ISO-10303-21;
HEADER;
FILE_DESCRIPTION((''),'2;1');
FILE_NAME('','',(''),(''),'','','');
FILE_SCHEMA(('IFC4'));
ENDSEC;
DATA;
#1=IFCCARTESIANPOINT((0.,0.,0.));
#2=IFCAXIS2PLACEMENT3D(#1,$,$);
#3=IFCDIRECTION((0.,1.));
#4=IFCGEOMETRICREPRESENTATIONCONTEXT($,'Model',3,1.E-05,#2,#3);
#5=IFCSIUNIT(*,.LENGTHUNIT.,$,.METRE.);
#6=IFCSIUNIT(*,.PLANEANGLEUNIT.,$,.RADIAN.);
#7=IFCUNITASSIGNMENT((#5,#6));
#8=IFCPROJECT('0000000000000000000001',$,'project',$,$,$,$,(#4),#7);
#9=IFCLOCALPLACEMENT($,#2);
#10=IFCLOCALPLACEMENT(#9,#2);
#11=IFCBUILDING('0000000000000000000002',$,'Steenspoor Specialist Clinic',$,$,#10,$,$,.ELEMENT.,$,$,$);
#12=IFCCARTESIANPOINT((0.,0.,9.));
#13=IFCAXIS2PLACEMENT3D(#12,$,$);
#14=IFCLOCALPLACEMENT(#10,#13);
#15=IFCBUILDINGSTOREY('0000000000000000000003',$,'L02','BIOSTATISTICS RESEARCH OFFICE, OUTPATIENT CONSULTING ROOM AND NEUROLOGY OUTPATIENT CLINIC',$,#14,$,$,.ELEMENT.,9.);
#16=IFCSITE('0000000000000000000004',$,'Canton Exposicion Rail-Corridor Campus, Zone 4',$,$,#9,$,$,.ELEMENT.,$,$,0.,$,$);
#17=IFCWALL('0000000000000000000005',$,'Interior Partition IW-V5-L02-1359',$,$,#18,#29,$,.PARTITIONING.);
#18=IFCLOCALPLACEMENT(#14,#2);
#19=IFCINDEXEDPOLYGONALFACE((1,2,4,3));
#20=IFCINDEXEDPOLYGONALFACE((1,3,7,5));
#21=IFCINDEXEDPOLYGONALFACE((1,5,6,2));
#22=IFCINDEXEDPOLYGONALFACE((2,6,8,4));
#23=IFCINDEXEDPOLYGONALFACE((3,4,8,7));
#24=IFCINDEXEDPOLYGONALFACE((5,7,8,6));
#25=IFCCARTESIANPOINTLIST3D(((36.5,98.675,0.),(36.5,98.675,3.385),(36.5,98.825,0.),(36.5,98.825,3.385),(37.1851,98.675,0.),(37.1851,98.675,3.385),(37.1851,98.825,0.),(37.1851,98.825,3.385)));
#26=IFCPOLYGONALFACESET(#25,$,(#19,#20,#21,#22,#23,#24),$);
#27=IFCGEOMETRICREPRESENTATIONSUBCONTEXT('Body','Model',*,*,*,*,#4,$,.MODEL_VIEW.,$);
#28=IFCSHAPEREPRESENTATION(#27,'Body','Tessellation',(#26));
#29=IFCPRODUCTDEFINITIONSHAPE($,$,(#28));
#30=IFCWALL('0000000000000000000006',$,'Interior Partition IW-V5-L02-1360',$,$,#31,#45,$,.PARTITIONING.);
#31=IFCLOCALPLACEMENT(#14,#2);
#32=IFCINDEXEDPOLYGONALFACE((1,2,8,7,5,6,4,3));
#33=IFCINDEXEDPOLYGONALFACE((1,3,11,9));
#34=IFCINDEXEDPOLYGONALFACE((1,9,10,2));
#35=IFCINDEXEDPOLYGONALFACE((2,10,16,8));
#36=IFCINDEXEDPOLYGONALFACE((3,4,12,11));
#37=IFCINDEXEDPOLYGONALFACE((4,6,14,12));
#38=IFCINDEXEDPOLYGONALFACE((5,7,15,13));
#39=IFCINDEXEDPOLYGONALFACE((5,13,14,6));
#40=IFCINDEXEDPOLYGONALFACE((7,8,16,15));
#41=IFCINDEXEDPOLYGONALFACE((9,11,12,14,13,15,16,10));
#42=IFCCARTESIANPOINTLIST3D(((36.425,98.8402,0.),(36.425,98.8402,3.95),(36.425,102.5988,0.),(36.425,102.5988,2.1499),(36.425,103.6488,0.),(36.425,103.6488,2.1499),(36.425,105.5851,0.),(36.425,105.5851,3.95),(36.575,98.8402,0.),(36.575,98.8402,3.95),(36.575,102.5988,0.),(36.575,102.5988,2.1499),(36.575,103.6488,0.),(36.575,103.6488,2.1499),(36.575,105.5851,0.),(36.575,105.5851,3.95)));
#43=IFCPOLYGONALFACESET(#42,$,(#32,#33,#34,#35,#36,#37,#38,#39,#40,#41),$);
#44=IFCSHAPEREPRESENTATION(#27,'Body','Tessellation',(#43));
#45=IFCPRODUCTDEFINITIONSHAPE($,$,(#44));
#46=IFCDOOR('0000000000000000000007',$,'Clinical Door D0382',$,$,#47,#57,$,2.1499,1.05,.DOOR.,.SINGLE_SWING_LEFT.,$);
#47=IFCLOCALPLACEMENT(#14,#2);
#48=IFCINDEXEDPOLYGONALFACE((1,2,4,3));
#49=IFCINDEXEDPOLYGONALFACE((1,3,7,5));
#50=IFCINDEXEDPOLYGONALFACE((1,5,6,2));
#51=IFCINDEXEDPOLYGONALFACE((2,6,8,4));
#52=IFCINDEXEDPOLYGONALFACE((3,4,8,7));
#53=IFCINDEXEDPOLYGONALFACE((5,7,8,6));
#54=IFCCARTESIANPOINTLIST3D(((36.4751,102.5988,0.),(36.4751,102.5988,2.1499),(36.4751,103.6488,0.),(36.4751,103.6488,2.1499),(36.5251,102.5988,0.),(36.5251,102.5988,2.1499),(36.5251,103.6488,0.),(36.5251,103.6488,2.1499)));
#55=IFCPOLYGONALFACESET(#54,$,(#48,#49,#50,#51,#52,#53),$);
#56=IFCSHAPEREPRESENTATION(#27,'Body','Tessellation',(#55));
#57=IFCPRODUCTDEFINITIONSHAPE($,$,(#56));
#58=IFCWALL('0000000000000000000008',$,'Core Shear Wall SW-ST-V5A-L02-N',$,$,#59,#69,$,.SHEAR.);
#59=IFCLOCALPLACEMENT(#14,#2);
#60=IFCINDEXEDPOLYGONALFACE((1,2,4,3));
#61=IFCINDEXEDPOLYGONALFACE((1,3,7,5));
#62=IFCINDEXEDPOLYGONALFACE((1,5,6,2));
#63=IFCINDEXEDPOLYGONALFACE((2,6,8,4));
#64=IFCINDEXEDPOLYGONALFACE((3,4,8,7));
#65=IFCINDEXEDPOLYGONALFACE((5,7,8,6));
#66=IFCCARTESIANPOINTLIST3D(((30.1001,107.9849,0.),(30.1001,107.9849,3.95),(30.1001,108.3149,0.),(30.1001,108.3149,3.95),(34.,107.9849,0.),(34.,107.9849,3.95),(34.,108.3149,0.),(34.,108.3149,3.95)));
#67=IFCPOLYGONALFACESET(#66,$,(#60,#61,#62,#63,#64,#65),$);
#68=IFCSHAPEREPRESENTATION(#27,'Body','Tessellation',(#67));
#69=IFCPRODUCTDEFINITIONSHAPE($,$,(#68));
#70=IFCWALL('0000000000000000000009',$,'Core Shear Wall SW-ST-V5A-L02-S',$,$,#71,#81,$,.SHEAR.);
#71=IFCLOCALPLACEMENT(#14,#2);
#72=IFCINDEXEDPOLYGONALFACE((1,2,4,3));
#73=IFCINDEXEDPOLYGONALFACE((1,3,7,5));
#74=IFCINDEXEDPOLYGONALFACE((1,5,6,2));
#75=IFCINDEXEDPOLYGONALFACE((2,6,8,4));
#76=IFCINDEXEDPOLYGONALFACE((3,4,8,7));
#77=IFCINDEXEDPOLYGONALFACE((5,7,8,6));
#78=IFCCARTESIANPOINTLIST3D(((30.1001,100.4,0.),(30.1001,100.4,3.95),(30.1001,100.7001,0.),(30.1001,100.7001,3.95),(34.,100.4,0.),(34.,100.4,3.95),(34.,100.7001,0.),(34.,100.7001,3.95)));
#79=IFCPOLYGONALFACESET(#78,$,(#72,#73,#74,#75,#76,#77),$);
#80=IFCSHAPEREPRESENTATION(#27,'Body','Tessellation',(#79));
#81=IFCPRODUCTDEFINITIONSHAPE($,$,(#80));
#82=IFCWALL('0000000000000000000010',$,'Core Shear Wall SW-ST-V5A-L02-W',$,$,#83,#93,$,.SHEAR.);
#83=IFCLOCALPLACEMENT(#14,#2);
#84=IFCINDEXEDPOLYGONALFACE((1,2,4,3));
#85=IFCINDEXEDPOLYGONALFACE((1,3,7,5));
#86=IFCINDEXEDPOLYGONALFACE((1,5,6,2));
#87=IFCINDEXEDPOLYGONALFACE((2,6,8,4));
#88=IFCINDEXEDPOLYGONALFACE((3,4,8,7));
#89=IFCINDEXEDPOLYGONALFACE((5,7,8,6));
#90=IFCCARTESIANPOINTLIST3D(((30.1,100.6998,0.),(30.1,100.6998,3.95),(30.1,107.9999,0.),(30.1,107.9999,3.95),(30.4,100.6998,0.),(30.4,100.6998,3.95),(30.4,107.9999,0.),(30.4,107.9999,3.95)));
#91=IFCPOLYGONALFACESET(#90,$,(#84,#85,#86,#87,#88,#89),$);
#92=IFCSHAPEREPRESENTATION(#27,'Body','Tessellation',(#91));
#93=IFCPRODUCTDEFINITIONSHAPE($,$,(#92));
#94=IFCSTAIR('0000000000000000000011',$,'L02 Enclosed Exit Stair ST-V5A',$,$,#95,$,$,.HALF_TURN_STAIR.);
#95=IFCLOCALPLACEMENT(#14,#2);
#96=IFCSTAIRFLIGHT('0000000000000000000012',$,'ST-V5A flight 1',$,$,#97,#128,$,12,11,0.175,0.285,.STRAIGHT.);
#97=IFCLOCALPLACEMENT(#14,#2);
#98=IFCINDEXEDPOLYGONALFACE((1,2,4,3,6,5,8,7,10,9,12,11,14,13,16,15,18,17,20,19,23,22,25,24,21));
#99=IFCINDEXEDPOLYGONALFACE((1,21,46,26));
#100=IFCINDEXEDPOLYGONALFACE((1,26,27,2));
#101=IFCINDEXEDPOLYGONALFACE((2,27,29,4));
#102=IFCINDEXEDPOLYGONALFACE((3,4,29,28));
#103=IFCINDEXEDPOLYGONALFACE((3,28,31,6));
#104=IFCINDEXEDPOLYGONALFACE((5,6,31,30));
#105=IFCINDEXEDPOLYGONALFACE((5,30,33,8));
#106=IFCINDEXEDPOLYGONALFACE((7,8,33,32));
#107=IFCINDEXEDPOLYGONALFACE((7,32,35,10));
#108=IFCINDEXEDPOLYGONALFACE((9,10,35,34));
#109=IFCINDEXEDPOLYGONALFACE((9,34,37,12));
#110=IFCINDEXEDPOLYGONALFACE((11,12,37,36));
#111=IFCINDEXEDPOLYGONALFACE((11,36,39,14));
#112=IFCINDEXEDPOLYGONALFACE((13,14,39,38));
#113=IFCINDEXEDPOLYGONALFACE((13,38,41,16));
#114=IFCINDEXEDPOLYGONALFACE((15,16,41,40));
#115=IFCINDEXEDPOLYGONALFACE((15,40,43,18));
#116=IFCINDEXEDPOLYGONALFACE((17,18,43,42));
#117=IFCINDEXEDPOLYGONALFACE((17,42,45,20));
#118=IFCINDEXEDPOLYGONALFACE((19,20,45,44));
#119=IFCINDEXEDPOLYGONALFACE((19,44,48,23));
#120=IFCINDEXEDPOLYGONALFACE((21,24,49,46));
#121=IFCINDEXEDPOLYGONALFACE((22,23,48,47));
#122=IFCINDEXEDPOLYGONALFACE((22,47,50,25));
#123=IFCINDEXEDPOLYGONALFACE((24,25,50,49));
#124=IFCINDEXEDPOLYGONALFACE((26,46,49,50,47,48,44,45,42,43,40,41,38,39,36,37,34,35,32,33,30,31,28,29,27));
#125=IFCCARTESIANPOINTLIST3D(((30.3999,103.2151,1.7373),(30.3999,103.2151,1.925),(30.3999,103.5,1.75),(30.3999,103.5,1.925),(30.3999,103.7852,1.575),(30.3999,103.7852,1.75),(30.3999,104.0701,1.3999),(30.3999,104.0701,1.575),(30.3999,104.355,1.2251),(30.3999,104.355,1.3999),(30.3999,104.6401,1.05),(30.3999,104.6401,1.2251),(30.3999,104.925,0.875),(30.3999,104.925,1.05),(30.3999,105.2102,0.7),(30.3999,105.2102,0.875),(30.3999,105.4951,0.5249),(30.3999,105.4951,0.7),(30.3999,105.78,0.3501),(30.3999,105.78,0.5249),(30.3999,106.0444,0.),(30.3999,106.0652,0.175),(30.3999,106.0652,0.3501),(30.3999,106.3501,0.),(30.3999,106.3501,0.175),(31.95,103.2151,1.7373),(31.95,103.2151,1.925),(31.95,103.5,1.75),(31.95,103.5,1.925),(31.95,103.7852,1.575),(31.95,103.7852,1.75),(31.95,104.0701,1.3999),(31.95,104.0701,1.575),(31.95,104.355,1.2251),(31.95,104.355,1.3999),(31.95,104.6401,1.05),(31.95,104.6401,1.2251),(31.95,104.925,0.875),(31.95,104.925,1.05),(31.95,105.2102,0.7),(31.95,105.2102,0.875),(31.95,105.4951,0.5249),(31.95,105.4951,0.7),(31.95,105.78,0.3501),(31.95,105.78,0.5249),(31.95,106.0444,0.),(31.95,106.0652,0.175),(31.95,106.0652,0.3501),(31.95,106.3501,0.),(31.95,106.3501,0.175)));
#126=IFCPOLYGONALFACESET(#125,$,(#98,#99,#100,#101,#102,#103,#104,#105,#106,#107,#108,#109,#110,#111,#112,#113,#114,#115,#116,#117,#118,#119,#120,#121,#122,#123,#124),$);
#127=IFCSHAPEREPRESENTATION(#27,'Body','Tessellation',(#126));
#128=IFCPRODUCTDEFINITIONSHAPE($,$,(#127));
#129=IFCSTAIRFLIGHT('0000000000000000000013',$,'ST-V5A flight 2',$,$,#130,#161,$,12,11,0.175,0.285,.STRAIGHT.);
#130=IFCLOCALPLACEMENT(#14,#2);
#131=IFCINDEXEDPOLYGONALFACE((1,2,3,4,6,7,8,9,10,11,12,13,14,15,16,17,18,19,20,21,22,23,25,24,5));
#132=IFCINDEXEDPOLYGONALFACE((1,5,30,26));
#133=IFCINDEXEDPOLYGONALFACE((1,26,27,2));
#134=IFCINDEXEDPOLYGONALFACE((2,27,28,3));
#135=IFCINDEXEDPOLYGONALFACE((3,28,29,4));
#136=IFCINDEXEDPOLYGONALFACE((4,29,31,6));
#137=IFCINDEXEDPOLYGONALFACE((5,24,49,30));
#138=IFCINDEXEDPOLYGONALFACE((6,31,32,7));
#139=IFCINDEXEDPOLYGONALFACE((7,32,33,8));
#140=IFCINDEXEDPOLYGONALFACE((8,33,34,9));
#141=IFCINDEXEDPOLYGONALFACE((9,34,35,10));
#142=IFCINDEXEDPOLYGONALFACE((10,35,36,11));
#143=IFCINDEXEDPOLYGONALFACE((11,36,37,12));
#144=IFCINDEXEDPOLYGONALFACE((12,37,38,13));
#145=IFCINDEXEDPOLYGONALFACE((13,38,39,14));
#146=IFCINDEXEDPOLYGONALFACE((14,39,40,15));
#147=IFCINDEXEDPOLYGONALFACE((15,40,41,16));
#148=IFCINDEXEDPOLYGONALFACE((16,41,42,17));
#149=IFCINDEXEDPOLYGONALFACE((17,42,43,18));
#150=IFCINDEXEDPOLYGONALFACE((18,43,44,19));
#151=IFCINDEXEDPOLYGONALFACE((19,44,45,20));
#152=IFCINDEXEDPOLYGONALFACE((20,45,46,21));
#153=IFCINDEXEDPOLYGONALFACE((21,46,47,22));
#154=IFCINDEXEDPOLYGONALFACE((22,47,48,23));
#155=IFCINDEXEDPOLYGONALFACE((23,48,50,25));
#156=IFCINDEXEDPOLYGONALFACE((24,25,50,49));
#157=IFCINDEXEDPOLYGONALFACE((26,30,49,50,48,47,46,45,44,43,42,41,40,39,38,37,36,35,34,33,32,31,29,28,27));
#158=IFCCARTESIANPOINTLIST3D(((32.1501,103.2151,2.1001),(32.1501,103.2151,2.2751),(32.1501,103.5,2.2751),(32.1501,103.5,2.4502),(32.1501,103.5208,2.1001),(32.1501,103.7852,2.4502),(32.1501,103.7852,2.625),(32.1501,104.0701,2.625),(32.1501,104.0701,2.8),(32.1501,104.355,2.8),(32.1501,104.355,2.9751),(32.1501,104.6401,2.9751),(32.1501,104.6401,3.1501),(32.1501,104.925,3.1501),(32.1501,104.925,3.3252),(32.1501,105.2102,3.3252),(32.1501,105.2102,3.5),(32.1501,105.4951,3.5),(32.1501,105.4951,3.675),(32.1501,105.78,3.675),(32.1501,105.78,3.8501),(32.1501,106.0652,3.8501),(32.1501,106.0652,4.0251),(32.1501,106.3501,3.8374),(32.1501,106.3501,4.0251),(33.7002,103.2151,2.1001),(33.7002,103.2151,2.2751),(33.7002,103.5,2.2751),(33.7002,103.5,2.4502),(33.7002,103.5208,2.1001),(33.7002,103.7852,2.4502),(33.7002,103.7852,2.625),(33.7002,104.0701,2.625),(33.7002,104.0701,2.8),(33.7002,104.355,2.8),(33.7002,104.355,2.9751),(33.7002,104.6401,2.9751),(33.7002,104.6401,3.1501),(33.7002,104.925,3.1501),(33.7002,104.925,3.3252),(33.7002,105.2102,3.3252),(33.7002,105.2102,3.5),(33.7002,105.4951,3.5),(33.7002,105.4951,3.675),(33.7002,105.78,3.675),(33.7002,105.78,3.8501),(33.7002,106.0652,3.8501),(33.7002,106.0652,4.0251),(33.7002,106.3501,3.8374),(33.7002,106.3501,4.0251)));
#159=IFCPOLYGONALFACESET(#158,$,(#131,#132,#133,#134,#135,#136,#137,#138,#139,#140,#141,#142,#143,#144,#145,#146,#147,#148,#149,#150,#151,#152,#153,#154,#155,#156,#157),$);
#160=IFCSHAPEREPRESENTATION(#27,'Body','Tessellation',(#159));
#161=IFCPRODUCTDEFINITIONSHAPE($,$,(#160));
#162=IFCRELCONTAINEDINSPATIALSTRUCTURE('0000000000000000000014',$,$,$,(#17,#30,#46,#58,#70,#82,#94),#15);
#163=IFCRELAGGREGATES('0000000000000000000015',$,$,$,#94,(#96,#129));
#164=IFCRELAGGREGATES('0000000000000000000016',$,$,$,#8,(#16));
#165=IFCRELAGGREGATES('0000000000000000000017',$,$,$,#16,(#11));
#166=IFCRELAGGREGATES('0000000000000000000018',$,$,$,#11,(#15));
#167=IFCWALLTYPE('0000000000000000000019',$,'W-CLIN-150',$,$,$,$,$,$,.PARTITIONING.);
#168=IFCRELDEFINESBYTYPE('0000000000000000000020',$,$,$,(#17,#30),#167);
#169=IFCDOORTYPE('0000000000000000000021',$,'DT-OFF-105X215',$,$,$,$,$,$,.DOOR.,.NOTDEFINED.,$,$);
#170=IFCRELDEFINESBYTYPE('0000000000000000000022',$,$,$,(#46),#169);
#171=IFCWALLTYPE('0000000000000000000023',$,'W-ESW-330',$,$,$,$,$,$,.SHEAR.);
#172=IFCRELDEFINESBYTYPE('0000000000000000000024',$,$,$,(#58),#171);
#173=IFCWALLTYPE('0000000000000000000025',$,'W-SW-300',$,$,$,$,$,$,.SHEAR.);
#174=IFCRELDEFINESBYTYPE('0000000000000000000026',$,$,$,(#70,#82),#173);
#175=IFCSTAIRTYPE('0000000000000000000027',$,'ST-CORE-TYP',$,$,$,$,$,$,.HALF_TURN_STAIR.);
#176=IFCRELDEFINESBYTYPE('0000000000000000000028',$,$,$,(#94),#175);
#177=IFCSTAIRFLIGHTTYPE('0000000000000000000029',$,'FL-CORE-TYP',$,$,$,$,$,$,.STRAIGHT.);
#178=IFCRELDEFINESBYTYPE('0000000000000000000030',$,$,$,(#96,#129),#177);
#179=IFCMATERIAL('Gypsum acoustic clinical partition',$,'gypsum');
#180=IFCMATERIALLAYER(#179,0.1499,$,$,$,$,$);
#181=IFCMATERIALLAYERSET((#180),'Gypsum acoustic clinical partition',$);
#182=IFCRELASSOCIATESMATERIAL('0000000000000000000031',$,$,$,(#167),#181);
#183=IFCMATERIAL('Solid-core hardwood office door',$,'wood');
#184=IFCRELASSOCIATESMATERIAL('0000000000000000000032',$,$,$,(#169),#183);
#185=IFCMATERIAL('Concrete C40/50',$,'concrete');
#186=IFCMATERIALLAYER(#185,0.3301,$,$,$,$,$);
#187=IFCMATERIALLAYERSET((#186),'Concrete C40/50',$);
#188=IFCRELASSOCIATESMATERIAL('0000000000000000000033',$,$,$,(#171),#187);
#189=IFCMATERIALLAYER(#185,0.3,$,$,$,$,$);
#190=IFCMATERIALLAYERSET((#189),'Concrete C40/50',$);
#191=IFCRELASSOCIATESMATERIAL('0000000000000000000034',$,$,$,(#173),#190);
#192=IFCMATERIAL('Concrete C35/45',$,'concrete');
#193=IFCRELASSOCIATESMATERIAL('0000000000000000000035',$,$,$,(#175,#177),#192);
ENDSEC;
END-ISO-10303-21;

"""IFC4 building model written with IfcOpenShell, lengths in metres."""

from ifc_helpers import new_model, si_unit, direction, frame, frame_2d, origin, place, context, subcontext, project, spatial, polyline, rectangle, outline, extrude, material, layer, layer_set, type_object, element, fill, aggregate, save


model = new_model("IFC4")

# Units and contexts
model_context = context("Model", 3, precision=1e-05, world=origin(), true_north=direction((0.0, 1.0)))
body_context = subcontext(model_context, "Body", "Model", "MODEL_VIEW")
ifc_project = project(units=[si_unit("LENGTHUNIT", "METRE"), si_unit("PLANEANGLEUNIT", "RADIAN")], contexts=[model_context])

# Site, building, storey
site_placement = place(None, origin())
site = spatial("IfcSite", under=ifc_project, at=site_placement, Name="Canton Exposicion Rail-Corridor Campus, Zone 4", CompositionType="ELEMENT", RefElevation=0.0)
building_placement = place(site_placement, origin())
building = spatial("IfcBuilding", under=site, at=building_placement, Name="Steenspoor Specialist Clinic", CompositionType="ELEMENT")
storey_placement = place(building_placement, frame((0.0, 0.0, 9.0)))
storey = spatial("IfcBuildingStorey", under=building, at=storey_placement, Name="L02", Description="BIOSTATISTICS RESEARCH OFFICE, OUTPATIENT CONSULTING ROOM AND NEUROLOGY OUTPATIENT CLINIC", CompositionType="ELEMENT", Elevation=9.0)

# Shared definitions
ifc_material_1 = material(Name="Concrete C40/50", Category="concrete")

# Shared definitions
ifc_material_2 = material(Name="Concrete C35/45", Category="concrete")

# Wall
ifc_material_3 = material(Name="Gypsum acoustic clinical partition", Category="gypsum")
ifc_layer_1 = layer(ifc_material_3, 0.1499)
ifc_layer_set_1 = layer_set([ifc_layer_1], Name="Gypsum acoustic clinical partition")
wall_type_1 = type_object("IfcWallType", Name="W-CLIN-150", PredefinedType="PARTITIONING", material=ifc_layer_set_1)
wall_1_placement = place(storey_placement, frame((36.5, 98.75, 0.0), z_axis=(0.0, 0.0, 1.0), x_axis=(1.0, 0.0, 0.0)))
element("IfcWall", 1, at=wall_1_placement, inside=storey, type_object=wall_type_1, Name="Interior Partition IW-V5-L02-1359", PredefinedType="PARTITIONING", context=body_context, shape_type="SweptSolid", body=[
    extrude(rectangle(XDim=0.6851, YDim=0.1499, at=frame_2d((0.3425, 0.0))), origin(), (0.0, 0.0, 1.0), 3.385),
])

# Wall, opening, door
wall_2_placement = place(storey_placement, frame((36.5, 98.8401, 0.0), z_axis=(0.0, 0.0, 1.0), x_axis=(0.0, 1.0, 0.0)))
wall_2 = element("IfcWall", 2, at=wall_2_placement, inside=storey, type_object=wall_type_1, Name="Interior Partition IW-V5-L02-1360", PredefinedType="PARTITIONING", context=body_context, shape_type="SweptSolid", body=[
    extrude(rectangle(XDim=6.7449, YDim=0.1499, at=frame_2d((3.3726, 0.0))), origin(), (0.0, 0.0, 1.0), 3.95),
])
opening_1_placement = place(wall_2_placement, frame((3.7588, 0.0, 0.0)))
opening_1 = element("IfcOpeningElement", 3, at=opening_1_placement, cuts=wall_2, PredefinedType="OPENING", context=body_context, shape_type="SweptSolid", body=[
    extrude(rectangle(XDim=1.05, YDim=2.1499, at=frame_2d((0.5249, 1.075))), frame((0.0, 0.085, 0.0), z_axis=(0.0, -1.0, 0.0), x_axis=(1.0, 0.0, 0.0)), (0.0, 0.0, 1.0), 0.1699),
])
ifc_material_4 = material(Name="Solid-core hardwood office door", Category="wood")
door_type_1 = type_object("IfcDoorType", Name="DT-OFF-105X215", OperationType="NOTDEFINED", PredefinedType="DOOR", material=ifc_material_4)
door_1_placement = place(opening_1_placement, origin())
door_1 = element("IfcDoor", 4, at=door_1_placement, inside=storey, type_object=door_type_1, Name="Clinical Door D0382", OperationType="SINGLE_SWING_LEFT", OverallHeight=2.1499, OverallWidth=1.05, PredefinedType="DOOR", context=body_context, shape_type="SweptSolid", body=[
    extrude(rectangle(XDim=1.05, YDim=2.1499, at=frame_2d((0.5249, 1.075))), frame((0.0, 0.0249, 0.0), z_axis=(0.0, -1.0, 0.0), x_axis=(1.0, 0.0, 0.0)), (0.0, 0.0, 1.0), 0.05),
])
fill(opening_1, door_1)

# Walls
ifc_layer_2 = layer(ifc_material_1, 0.3301)
ifc_layer_set_2 = layer_set([ifc_layer_2], Name="Concrete C40/50")
wall_type_2 = type_object("IfcWallType", Name="W-ESW-330", PredefinedType="SHEAR", material=ifc_layer_set_2)
wall_3_placement = place(storey_placement, frame((30.1001, 108.1499, 0.0), z_axis=(0.0, 0.0, 1.0), x_axis=(1.0, 0.0, 0.0)))
element("IfcWall", 5, at=wall_3_placement, inside=storey, type_object=wall_type_2, Name="Core Shear Wall SW-ST-V5A-L02-N", PredefinedType="SHEAR", context=body_context, shape_type="SweptSolid", body=[
    extrude(rectangle(XDim=3.8999, YDim=0.3301, at=frame_2d((1.95, 0.0))), origin(), (0.0, 0.0, 1.0), 3.95),
])
ifc_layer_3 = layer(ifc_material_1, 0.3)
ifc_layer_set_3 = layer_set([ifc_layer_3], Name="Concrete C40/50")
wall_type_3 = type_object("IfcWallType", Name="W-SW-300", PredefinedType="SHEAR", material=ifc_layer_set_3)
wall_4_placement = place(storey_placement, frame((30.1001, 100.55, 0.0), z_axis=(0.0, 0.0, 1.0), x_axis=(1.0, 0.0, 0.0)))
element("IfcWall", 6, at=wall_4_placement, inside=storey, type_object=wall_type_3, Name="Core Shear Wall SW-ST-V5A-L02-S", PredefinedType="SHEAR", context=body_context, shape_type="SweptSolid", body=[
    extrude(rectangle(XDim=3.8999, YDim=0.3, at=frame_2d((1.95, 0.0))), origin(), (0.0, 0.0, 1.0), 3.95),
])
wall_5_placement = place(storey_placement, frame((30.25, 100.7, 0.0), z_axis=(0.0, 0.0, 1.0), x_axis=(0.0, 1.0, 0.0)))
element("IfcWall", 7, at=wall_5_placement, inside=storey, type_object=wall_type_3, Name="Core Shear Wall SW-ST-V5A-L02-W", PredefinedType="SHEAR", context=body_context, shape_type="SweptSolid", body=[
    extrude(rectangle(XDim=7.3, YDim=0.3, at=frame_2d((3.6499, 0.0))), origin(), (0.0, 0.0, 1.0), 3.95),
])

# Stair, stair flights
stair_type = type_object("IfcStairType", Name="ST-CORE-TYP", PredefinedType="HALF_TURN_STAIR", material=ifc_material_2)
stair_placement = place(storey_placement, origin())
stair = element("IfcStair", 8, at=stair_placement, inside=storey, type_object=stair_type, Name="L02 Enclosed Exit Stair ST-V5A", PredefinedType="HALF_TURN_STAIR")
stair_flight_type = type_object("IfcStairFlightType", Name="FL-CORE-TYP", PredefinedType="STRAIGHT", material=ifc_material_2)
stair_flight_1_placement = place(storey_placement, frame((31.175, 106.3501, 0.0), z_axis=(0.0, 0.0, 1.0), x_axis=(0.0, -1.0, 0.0)))
stair_flight_1 = element("IfcStairFlight", 9, at=stair_flight_1_placement, type_object=stair_flight_type, Name="ST-V5A flight 1", NumberOfRisers=12, NumberOfTreads=11, PredefinedType="STRAIGHT", RiserHeight=0.175, TreadLength=0.285, context=body_context, shape_type="SweptSolid", body=[
    extrude(outline(polyline([(0.0, 0.0), (0.0, 0.175), (0.2849, 0.175), (0.2849, 0.3501), (0.5701, 0.3501), (0.5701, 0.5249), (0.855, 0.5249), (0.855, 0.7), (1.1399, 0.7), (1.1399, 0.875), (1.425, 0.875), (1.425, 1.05), (1.71, 1.05), (1.71, 1.2251), (1.9951, 1.2251), (1.9951, 1.3999), (2.28, 1.3999), (2.28, 1.575), (2.5649, 1.575), (2.5649, 1.75), (2.8501, 1.75), (2.8501, 1.925), (3.135, 1.925), (3.135, 2.1001), (3.135, 1.7373), (0.3057, 0.0), (0.0, 0.0)])), frame((0.0, 0.7749, 0.0), z_axis=(0.0, -1.0, 0.0), x_axis=(1.0, 0.0, 0.0)), (0.0, 0.0, 1.0), 1.55),
])
stair_flight_2_placement = place(storey_placement, frame((32.925, 103.2151, 2.1001), z_axis=(0.0, 0.0, 1.0), x_axis=(0.0, 1.0, 0.0)))
stair_flight_2 = element("IfcStairFlight", 10, at=stair_flight_2_placement, type_object=stair_flight_type, Name="ST-V5A flight 2", NumberOfRisers=12, NumberOfTreads=11, PredefinedType="STRAIGHT", RiserHeight=0.175, TreadLength=0.285, context=body_context, shape_type="SweptSolid", body=[
    extrude(outline(polyline([(0.0, 0.0), (0.0, 0.175), (0.2849, 0.175), (0.2849, 0.3501), (0.5701, 0.3501), (0.5701, 0.5249), (0.855, 0.5249), (0.855, 0.7), (1.1399, 0.7), (1.1399, 0.875), (1.425, 0.875), (1.425, 1.05), (1.71, 1.05), (1.71, 1.2251), (1.9951, 1.2251), (1.9951, 1.3999), (2.28, 1.3999), (2.28, 1.575), (2.5649, 1.575), (2.5649, 1.75), (2.8501, 1.75), (2.8501, 1.925), (3.135, 1.925), (3.135, 2.1001), (3.135, 1.7373), (0.3057, 0.0), (0.0, 0.0)])), frame((0.0, 0.7749, 0.0), z_axis=(0.0, -1.0, 0.0), x_axis=(1.0, 0.0, 0.0)), (0.0, 0.0, 1.0), 1.55),
])
aggregate(stair, [stair_flight_1, stair_flight_2])

save(model, "model.ifc")
